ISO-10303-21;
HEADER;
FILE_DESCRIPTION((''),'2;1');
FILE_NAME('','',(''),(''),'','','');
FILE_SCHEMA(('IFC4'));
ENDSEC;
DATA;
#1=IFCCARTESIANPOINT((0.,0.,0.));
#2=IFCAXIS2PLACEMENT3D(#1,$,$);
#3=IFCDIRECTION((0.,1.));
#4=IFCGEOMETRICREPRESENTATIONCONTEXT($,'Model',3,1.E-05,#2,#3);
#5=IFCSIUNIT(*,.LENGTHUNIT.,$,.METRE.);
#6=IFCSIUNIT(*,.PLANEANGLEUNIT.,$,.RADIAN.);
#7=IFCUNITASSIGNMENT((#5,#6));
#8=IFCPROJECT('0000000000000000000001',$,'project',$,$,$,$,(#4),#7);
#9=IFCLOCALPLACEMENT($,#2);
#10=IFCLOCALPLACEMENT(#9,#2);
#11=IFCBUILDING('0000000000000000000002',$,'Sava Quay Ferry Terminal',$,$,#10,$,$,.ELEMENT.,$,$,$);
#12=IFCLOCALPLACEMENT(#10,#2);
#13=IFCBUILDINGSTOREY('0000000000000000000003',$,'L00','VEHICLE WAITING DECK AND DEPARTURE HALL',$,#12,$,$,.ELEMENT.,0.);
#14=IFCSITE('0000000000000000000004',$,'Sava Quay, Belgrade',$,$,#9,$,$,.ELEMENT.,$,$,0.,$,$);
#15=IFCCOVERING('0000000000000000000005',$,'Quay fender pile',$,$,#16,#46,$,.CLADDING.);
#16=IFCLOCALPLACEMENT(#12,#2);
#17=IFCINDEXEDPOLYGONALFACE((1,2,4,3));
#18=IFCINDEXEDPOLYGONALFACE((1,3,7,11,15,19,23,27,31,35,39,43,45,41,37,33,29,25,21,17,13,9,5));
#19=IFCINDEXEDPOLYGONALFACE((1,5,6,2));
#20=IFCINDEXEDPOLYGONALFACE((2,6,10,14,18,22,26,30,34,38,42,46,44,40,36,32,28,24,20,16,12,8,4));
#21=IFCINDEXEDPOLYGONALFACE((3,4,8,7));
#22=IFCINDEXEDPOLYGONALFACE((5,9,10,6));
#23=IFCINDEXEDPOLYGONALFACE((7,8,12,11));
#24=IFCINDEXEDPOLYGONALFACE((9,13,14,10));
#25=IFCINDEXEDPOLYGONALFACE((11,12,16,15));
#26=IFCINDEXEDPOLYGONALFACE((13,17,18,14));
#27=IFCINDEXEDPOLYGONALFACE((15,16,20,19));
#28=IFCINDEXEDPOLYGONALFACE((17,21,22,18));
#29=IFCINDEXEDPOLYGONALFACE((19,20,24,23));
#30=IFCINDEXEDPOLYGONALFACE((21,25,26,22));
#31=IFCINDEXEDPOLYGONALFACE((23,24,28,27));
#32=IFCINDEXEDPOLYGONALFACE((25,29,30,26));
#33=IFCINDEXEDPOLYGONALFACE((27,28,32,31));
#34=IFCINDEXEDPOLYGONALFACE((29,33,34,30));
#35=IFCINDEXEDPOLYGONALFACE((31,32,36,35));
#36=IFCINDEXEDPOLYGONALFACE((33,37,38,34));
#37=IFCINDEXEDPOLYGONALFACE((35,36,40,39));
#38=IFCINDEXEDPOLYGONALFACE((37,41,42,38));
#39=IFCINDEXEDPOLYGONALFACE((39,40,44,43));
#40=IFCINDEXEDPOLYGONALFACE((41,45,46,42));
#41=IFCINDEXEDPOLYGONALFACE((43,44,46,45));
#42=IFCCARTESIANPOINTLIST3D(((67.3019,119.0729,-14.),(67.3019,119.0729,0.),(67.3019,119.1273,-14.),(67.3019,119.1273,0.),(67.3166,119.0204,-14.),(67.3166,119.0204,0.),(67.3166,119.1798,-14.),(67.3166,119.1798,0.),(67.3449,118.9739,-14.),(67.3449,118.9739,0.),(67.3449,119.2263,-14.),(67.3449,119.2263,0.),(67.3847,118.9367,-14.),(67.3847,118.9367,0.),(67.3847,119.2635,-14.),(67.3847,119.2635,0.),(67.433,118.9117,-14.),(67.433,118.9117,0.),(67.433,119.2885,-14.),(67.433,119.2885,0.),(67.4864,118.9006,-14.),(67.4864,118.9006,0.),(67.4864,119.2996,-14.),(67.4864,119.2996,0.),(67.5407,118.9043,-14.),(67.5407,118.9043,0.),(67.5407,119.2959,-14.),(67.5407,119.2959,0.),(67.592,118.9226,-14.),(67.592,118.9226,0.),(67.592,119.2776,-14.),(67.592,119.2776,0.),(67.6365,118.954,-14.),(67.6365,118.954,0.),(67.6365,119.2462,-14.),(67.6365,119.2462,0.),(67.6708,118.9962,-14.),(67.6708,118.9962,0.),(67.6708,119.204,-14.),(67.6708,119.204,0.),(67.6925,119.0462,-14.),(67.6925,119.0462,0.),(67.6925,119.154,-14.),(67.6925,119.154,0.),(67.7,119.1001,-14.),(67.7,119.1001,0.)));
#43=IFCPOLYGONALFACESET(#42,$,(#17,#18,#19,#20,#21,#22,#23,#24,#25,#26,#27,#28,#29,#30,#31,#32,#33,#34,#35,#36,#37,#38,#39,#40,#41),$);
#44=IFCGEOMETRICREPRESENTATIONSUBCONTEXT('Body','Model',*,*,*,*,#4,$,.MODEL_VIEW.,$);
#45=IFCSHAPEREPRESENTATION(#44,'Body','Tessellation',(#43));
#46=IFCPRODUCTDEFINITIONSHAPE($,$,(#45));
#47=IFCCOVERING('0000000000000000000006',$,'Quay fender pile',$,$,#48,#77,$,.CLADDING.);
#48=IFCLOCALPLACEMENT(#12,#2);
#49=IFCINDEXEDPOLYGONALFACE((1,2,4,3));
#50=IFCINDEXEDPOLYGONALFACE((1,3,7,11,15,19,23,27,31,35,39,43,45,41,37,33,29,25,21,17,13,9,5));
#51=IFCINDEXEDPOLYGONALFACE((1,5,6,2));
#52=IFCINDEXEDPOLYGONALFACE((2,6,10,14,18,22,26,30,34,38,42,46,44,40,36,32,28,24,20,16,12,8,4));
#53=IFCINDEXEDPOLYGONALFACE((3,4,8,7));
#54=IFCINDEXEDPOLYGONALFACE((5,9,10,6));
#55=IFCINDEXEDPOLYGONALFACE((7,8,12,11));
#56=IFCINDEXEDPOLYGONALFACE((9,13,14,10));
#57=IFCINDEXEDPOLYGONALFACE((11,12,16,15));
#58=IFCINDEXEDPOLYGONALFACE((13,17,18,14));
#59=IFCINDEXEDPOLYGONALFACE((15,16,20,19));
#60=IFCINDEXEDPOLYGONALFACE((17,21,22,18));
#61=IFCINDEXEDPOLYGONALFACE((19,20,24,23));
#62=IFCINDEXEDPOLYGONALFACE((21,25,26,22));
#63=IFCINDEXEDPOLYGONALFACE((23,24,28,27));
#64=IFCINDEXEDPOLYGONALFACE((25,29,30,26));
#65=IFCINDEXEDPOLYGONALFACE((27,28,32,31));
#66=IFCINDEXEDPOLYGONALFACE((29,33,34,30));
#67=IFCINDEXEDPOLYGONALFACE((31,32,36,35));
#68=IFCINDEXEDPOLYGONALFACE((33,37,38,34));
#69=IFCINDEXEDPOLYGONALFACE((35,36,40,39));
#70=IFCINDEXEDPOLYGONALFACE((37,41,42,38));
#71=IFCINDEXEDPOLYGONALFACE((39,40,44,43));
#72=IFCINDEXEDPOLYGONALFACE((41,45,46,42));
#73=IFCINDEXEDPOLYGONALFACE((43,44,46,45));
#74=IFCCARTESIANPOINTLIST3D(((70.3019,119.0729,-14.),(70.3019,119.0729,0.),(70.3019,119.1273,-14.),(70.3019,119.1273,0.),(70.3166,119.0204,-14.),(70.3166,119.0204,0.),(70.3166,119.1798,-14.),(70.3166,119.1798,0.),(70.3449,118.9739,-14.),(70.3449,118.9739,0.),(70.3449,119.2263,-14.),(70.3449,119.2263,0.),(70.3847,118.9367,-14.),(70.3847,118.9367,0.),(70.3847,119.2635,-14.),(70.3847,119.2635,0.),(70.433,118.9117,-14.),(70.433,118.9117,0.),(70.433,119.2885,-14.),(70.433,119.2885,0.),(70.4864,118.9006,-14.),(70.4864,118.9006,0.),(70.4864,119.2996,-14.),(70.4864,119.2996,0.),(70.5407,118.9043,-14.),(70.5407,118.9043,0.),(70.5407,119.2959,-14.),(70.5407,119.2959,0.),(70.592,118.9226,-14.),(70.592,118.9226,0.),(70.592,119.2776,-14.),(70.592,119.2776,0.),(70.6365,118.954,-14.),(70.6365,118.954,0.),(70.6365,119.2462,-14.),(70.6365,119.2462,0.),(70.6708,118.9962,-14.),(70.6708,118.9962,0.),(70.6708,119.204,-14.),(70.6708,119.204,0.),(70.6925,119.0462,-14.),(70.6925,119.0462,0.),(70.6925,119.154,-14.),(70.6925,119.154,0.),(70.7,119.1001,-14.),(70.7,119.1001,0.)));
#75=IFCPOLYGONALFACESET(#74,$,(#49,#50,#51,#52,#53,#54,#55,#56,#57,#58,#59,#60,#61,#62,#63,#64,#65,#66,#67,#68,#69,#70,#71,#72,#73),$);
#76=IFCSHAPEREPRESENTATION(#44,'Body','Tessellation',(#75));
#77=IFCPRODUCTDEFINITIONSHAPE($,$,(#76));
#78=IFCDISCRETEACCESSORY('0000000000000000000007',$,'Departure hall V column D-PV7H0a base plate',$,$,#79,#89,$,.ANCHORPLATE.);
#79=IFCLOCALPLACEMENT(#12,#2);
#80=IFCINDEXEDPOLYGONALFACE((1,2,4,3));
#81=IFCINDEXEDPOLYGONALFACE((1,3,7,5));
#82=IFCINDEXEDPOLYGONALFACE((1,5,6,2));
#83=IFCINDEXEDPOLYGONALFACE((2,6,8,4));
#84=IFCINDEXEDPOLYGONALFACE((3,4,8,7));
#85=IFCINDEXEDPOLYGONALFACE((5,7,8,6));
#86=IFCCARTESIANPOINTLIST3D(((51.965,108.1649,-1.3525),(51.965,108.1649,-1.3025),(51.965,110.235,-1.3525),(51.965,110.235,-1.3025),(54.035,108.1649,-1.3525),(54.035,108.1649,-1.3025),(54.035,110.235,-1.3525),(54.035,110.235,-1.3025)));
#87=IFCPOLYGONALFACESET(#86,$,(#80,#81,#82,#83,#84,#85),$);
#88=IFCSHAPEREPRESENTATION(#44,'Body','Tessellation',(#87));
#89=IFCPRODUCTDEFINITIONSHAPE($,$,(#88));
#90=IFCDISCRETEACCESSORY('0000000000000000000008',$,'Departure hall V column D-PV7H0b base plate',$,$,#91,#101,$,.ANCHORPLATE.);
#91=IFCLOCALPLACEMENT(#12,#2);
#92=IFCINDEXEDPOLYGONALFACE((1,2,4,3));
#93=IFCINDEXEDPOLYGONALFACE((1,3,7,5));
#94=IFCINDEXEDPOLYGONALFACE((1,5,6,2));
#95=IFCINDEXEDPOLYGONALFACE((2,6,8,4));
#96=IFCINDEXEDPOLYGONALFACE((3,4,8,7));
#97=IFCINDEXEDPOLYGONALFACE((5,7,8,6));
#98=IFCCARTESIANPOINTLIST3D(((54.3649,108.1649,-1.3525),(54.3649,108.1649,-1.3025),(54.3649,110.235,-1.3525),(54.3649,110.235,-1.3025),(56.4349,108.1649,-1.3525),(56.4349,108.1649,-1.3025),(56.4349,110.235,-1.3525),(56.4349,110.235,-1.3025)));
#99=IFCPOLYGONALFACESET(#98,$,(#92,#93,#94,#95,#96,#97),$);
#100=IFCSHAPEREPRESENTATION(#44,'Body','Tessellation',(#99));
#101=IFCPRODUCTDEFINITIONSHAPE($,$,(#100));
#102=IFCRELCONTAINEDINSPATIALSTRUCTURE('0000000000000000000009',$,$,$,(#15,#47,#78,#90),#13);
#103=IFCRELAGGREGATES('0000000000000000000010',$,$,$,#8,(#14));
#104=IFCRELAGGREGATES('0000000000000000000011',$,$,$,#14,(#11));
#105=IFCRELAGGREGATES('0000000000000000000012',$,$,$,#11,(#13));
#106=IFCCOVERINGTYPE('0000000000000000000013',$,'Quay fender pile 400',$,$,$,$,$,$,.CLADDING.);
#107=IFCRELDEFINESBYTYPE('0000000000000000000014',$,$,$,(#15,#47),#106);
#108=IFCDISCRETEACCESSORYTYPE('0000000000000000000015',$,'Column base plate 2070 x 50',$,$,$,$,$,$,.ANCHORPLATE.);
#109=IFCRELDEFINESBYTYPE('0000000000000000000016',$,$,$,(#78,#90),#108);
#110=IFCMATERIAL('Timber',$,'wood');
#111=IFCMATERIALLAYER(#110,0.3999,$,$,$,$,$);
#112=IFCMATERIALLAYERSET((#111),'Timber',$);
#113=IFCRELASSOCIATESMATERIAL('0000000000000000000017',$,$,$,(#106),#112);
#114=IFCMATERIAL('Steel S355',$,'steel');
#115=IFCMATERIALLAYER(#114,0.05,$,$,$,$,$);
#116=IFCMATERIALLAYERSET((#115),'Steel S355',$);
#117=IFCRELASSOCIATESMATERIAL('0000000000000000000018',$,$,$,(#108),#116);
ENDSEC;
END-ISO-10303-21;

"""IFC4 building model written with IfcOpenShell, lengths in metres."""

from ifc_helpers import new_model, si_unit, direction, frame, origin, origin_2d, place, context, subcontext, project, spatial, rectangle, circle, extrude, material, layer, layer_set, type_object, element, save


model = new_model("IFC4")

# Units and contexts
model_context = context("Model", 3, precision=1e-05, world=origin(), true_north=direction((0.0, 1.0)))
body_context = subcontext(model_context, "Body", "Model", "MODEL_VIEW")
ifc_project = project(units=[si_unit("LENGTHUNIT", "METRE"), si_unit("PLANEANGLEUNIT", "RADIAN")], contexts=[model_context])

# Site, building, storey
site_placement = place(None, origin())
site = spatial("IfcSite", under=ifc_project, at=site_placement, Name="Sava Quay, Belgrade", CompositionType="ELEMENT", RefElevation=0.0)
building_placement = place(site_placement, origin())
building = spatial("IfcBuilding", under=site, at=building_placement, Name="Sava Quay Ferry Terminal", CompositionType="ELEMENT")
storey_placement = place(building_placement, origin())
storey = spatial("IfcBuildingStorey", under=building, at=storey_placement, Name="L00", Description="VEHICLE WAITING DECK AND DEPARTURE HALL", CompositionType="ELEMENT", Elevation=0.0)

# Coverings
ifc_material_1 = material(Name="Timber", Category="wood")
ifc_layer_1 = layer(ifc_material_1, 0.3999)
ifc_layer_set_1 = layer_set([ifc_layer_1], Name="Timber")
covering_type = type_object("IfcCoveringType", Name="Quay fender pile 400", PredefinedType="CLADDING", material=ifc_layer_set_1)
for number, where, z_axis, x_axis, name in (
    (1, (67.5, 119.1001, 0.0), (0.0, 0.0, -1.0), (1.0, 0.0, 0.0), "Quay fender pile"),
    (2, (70.5, 119.1001, 0.0), (0.0, 0.0, -1.0), (1.0, 0.0, 0.0), "Quay fender pile"),
):
    element("IfcCovering", number, at=place(storey_placement, frame(where, z_axis=z_axis, x_axis=x_axis)), inside=storey, type_object=covering_type, Name=name, PredefinedType="CLADDING", context=body_context, shape_type="SweptSolid", body=[
        extrude(circle(Radius=0.2, at=origin_2d()), origin(), (0.0, 0.0, 1.0), 14.0),
    ])

# Discrete accessories
ifc_material_2 = material(Name="Steel S355", Category="steel")
ifc_layer_2 = layer(ifc_material_2, 0.05)
ifc_layer_set_2 = layer_set([ifc_layer_2], Name="Steel S355")
discrete_accessory_type = type_object("IfcDiscreteAccessoryType", Name="Column base plate 2070 x 50", PredefinedType="ANCHORPLATE", material=ifc_layer_set_2)
for number, where, z_axis, x_axis, name in (
    (3, (53.0, 109.2, -1.3525), (0.0, 0.0, 1.0), (1.0, 0.0, 0.0), "Departure hall V column D-PV7H0a base plate"),
    (4, (55.3999, 109.2, -1.3525), (0.0, 0.0, 1.0), (1.0, 0.0, 0.0), "Departure hall V column D-PV7H0b base plate"),
):
    element("IfcDiscreteAccessory", number, at=place(storey_placement, frame(where, z_axis=z_axis, x_axis=x_axis)), inside=storey, type_object=discrete_accessory_type, Name=name, PredefinedType="ANCHORPLATE", context=body_context, shape_type="SweptSolid", body=[
        extrude(rectangle(XDim=2.0701, YDim=2.0701, at=origin_2d()), origin(), (0.0, 0.0, 1.0), 0.05),
    ])

save(model, "model.ifc")
